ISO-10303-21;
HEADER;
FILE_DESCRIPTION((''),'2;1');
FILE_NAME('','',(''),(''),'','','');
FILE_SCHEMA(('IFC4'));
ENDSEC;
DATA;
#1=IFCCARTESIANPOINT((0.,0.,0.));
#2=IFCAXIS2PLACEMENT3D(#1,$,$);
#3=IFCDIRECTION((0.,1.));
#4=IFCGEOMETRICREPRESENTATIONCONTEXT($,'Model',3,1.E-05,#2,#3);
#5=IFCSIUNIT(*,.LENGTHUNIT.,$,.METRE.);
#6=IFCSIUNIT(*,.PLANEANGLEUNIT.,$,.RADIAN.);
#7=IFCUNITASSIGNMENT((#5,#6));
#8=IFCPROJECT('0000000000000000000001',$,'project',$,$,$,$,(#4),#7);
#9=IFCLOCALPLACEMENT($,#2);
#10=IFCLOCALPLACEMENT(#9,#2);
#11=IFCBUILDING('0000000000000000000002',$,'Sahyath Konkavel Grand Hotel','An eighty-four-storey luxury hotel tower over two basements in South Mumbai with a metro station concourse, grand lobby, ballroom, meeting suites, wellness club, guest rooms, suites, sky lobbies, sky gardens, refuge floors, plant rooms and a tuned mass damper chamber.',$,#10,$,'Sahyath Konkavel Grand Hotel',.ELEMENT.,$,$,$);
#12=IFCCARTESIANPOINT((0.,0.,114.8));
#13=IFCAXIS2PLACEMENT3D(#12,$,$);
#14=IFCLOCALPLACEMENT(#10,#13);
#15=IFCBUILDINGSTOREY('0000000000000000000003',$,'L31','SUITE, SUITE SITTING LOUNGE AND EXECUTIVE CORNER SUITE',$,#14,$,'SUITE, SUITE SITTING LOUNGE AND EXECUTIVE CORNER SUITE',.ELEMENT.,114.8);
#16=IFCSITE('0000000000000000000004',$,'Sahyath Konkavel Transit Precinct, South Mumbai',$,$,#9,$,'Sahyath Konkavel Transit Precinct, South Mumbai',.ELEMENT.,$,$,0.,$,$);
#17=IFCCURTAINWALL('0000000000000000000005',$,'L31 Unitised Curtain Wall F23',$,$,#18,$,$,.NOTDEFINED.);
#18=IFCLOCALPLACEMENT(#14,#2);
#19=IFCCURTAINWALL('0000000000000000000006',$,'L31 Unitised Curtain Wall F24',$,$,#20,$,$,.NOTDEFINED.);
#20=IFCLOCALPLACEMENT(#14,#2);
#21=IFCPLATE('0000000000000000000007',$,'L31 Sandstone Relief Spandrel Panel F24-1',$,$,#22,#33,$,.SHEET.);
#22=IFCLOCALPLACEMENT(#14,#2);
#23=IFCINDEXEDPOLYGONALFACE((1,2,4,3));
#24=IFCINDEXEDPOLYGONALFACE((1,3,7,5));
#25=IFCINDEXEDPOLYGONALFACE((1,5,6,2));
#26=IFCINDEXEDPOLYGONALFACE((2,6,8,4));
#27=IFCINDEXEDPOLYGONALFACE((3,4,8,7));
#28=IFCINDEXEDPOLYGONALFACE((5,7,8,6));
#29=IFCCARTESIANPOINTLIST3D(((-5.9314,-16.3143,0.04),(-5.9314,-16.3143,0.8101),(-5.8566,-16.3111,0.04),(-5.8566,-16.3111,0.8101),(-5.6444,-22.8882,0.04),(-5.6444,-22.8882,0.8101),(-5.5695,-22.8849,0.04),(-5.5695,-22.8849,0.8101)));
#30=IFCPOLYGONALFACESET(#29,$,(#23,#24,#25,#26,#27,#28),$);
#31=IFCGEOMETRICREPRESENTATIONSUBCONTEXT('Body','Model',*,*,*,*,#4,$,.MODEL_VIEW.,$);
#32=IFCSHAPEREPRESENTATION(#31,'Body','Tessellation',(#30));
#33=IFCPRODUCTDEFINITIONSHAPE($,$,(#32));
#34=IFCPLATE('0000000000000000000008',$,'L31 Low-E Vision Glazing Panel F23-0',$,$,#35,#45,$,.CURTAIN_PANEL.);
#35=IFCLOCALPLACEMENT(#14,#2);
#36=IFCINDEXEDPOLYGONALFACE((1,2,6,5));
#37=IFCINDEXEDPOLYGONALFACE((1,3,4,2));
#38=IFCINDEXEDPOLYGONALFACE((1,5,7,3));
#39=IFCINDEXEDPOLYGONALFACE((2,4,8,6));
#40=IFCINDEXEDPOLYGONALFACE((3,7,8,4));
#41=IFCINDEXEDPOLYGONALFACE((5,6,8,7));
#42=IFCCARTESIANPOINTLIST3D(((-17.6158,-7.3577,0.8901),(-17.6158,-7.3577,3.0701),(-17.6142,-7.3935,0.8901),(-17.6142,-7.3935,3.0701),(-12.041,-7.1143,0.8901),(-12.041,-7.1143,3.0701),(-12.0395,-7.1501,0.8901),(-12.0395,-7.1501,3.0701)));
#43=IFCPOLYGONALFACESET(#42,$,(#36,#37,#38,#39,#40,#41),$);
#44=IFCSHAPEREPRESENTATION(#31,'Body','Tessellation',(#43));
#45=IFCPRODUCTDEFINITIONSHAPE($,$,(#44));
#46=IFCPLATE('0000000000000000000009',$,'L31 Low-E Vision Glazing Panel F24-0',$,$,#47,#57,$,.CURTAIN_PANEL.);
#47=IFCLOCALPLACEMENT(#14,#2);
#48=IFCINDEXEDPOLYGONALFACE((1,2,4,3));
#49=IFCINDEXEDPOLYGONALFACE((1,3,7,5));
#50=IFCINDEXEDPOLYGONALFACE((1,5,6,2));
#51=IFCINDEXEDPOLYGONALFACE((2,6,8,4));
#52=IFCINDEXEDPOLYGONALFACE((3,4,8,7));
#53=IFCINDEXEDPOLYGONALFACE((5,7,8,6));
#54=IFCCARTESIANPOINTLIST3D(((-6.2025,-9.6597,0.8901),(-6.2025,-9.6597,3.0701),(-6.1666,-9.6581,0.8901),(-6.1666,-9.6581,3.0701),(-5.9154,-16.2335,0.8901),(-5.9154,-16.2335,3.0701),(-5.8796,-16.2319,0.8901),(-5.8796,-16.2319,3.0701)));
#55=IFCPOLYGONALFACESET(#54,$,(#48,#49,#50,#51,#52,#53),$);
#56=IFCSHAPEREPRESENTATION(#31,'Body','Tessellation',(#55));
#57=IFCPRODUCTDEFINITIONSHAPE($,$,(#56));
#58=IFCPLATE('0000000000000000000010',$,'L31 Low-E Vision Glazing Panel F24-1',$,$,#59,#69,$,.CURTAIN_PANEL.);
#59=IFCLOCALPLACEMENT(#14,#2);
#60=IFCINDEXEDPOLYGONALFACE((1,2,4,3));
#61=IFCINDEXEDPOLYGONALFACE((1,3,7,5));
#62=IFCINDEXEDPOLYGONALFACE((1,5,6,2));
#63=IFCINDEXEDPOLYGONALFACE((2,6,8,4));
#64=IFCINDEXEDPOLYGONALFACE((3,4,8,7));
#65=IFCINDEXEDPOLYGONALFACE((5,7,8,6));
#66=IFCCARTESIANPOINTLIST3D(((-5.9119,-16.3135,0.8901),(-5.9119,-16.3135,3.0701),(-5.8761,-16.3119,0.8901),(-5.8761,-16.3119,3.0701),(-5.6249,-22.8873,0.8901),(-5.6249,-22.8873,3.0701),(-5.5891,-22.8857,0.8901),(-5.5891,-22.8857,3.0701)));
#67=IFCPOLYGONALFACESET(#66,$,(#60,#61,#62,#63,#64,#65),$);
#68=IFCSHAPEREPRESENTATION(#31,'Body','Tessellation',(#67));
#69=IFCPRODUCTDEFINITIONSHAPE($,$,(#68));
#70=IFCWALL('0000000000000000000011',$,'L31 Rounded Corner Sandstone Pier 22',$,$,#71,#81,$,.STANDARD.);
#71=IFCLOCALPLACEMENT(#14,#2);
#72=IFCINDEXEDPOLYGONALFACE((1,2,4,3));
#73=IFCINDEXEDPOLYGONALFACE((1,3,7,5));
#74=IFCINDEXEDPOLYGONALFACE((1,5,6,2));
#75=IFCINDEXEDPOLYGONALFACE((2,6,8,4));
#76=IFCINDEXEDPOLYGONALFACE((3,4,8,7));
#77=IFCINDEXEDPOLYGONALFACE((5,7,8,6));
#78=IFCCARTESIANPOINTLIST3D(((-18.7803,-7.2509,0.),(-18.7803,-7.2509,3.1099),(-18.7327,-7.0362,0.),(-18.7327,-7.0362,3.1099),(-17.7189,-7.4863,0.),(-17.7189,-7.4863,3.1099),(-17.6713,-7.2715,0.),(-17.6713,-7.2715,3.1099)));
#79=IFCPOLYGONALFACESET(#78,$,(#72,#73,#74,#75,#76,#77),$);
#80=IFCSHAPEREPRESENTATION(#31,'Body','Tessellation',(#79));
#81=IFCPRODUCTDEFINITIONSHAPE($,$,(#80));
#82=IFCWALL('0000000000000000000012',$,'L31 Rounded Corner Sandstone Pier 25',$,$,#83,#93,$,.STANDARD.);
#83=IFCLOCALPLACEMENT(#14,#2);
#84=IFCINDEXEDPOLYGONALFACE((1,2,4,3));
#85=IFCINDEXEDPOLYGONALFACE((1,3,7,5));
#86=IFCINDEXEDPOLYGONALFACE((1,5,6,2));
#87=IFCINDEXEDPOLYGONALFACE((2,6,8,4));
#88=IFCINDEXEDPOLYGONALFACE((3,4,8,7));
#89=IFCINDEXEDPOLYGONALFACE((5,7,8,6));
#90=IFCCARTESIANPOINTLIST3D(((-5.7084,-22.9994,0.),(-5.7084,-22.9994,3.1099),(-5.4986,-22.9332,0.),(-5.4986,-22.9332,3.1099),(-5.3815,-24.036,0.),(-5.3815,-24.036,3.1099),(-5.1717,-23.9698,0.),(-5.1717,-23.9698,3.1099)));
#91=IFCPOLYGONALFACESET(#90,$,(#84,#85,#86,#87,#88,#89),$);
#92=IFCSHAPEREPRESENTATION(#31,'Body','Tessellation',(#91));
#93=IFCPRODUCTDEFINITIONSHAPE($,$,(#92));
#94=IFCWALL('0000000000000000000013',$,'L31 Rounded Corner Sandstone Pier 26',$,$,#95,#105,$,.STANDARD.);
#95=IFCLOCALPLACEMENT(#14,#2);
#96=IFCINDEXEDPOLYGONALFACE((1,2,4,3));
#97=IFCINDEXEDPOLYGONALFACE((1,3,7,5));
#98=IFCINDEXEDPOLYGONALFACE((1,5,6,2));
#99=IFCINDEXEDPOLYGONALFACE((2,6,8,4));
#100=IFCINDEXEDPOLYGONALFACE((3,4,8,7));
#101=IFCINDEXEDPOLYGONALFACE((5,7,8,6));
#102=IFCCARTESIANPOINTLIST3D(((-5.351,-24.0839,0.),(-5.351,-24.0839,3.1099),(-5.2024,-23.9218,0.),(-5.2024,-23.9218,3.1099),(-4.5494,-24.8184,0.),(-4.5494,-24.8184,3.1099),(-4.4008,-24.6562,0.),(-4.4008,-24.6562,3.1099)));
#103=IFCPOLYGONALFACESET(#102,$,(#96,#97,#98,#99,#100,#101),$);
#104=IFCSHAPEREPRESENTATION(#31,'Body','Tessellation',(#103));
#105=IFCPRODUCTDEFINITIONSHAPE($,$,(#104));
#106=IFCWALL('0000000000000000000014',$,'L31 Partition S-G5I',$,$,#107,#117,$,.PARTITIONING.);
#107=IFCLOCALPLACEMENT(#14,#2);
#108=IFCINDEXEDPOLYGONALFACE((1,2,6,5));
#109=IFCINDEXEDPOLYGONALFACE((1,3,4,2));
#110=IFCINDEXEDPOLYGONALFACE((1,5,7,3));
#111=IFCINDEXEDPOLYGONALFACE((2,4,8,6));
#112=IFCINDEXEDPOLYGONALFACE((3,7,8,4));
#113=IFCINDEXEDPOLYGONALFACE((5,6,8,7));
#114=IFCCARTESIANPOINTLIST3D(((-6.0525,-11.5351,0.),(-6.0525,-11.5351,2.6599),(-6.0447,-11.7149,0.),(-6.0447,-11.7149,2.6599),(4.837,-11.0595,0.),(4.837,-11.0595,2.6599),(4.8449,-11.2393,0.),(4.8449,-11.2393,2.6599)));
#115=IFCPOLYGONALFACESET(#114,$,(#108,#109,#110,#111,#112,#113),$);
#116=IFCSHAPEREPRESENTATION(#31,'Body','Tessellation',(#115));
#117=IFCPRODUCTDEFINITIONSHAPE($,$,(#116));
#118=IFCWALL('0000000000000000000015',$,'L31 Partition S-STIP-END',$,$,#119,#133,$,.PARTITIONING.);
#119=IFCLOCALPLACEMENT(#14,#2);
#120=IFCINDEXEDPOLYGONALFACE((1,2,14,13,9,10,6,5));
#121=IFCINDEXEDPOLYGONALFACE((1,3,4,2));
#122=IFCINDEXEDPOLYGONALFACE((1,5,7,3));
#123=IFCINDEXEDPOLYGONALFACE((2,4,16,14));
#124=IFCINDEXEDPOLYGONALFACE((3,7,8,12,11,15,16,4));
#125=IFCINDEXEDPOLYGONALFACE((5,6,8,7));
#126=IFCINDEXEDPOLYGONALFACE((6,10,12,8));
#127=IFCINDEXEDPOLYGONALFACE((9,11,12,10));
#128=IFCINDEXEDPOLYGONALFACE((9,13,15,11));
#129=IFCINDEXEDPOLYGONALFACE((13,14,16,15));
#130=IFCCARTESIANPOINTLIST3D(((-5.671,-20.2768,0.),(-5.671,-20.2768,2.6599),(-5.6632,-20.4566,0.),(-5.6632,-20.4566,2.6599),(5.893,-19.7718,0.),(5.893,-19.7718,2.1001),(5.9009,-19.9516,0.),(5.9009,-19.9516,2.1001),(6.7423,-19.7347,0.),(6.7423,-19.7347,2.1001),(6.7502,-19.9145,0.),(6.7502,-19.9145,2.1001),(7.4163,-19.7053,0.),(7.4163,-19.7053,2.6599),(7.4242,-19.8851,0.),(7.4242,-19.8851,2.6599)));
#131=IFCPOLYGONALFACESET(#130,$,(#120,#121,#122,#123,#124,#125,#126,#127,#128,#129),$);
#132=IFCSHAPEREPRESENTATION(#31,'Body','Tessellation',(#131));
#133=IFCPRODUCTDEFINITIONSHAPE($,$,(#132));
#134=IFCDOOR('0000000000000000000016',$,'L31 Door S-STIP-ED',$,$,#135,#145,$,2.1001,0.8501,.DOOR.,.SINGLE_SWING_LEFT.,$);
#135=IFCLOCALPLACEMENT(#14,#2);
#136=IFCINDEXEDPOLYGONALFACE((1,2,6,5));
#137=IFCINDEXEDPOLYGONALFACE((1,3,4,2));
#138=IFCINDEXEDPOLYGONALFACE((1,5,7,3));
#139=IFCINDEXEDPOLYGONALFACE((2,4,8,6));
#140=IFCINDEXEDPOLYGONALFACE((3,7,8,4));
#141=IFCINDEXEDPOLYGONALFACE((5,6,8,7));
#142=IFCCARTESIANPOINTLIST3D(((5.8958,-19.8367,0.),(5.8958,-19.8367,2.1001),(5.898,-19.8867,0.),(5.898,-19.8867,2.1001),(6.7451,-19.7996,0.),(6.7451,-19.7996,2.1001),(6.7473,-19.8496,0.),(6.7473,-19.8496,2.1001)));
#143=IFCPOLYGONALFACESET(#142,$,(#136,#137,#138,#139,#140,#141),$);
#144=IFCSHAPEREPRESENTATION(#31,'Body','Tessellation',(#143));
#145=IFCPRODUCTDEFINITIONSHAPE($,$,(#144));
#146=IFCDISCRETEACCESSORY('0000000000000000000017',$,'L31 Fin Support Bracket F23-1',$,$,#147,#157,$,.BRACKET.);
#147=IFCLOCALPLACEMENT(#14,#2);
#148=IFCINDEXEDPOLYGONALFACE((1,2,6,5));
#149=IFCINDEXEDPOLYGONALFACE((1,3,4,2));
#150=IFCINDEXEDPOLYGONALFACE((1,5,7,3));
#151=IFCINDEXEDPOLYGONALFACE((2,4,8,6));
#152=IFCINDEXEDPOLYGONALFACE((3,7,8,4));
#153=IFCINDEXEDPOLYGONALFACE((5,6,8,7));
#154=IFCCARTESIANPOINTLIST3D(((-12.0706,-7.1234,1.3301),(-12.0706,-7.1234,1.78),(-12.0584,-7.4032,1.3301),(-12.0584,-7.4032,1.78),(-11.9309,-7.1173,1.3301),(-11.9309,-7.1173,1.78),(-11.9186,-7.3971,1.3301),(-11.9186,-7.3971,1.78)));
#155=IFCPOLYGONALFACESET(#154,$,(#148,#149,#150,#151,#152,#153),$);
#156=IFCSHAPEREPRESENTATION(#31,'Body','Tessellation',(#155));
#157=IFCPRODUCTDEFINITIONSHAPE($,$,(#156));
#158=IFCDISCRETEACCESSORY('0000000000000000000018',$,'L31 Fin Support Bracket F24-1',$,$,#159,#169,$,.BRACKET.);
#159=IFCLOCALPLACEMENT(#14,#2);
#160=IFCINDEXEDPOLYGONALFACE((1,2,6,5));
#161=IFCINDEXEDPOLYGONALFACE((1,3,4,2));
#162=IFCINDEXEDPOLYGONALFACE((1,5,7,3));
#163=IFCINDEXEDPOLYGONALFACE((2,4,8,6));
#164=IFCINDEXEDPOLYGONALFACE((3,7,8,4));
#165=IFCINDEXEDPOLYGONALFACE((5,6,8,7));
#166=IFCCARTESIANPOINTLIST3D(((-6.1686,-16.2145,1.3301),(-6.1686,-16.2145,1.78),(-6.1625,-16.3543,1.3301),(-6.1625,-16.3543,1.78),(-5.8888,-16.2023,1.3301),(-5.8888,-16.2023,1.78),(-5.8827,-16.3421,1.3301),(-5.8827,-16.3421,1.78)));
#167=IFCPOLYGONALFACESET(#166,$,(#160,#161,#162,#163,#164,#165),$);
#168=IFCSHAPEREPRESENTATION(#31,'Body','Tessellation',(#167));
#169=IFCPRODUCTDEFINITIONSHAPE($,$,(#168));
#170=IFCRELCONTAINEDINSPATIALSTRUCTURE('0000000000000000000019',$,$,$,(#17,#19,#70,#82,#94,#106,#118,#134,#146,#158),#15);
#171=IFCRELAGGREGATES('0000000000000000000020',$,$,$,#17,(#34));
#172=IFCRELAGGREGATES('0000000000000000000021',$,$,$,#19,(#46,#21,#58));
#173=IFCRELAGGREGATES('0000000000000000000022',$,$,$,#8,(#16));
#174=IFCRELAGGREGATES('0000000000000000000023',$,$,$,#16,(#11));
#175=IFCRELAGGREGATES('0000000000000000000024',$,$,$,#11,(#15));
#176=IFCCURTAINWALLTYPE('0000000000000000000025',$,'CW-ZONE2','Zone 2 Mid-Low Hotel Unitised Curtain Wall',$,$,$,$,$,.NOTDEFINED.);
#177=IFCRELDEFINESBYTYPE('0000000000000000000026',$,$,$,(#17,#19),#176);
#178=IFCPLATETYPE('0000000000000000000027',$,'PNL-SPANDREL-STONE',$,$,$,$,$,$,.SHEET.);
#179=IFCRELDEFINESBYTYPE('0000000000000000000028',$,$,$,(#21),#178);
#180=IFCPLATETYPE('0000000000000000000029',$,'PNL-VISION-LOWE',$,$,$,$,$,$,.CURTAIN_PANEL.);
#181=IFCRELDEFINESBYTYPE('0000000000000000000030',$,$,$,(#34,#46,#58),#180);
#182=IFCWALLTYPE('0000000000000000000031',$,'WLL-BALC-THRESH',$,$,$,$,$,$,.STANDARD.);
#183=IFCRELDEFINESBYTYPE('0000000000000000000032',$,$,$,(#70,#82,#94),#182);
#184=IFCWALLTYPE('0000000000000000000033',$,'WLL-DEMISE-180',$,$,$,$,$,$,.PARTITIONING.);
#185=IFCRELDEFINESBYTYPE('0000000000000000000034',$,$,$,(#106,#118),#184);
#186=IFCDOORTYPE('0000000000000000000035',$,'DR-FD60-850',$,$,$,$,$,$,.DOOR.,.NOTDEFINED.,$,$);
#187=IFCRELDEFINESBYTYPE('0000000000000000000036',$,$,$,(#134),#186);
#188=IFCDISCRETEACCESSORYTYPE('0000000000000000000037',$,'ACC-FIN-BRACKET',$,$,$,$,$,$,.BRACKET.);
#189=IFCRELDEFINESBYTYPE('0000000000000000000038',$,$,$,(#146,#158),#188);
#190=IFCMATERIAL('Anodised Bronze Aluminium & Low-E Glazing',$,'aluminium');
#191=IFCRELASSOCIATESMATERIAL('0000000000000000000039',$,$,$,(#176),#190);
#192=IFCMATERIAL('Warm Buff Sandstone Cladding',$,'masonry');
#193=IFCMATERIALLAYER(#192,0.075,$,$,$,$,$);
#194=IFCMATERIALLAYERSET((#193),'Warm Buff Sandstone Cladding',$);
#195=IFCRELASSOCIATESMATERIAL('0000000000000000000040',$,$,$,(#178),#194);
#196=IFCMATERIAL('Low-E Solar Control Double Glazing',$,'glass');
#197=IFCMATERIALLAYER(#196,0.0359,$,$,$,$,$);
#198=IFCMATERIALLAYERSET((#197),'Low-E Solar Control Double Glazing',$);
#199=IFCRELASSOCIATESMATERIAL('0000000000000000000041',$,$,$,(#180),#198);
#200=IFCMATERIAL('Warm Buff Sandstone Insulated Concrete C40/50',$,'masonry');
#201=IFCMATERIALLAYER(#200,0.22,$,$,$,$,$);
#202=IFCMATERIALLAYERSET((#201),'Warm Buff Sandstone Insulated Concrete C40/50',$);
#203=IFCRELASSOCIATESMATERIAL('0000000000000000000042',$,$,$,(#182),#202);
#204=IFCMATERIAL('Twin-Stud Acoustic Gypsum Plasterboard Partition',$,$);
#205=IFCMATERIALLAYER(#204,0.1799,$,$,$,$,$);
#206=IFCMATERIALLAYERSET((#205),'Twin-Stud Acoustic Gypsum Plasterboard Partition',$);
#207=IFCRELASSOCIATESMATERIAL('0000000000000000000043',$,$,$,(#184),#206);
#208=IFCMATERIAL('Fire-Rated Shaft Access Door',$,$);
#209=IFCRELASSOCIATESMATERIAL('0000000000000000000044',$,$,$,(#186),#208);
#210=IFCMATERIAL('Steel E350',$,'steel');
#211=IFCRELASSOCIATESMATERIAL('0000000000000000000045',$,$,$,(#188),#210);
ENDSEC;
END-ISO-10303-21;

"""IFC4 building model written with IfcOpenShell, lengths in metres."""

from ifc_helpers import new_model, si_unit, direction, frame, frame_2d, origin, origin_2d, place, context, subcontext, project, spatial, rectangle, extrude, source, transform, mapped, material, layer, layer_set, type_object, element, fill, aggregate, save


model = new_model("IFC4")

# Units and contexts
model_context = context("Model", 3, precision=1e-05, world=origin(), true_north=direction((0.0, 1.0)))
body_context = subcontext(model_context, "Body", "Model", "MODEL_VIEW")
ifc_project = project(units=[si_unit("LENGTHUNIT", "METRE"), si_unit("PLANEANGLEUNIT", "RADIAN")], contexts=[model_context])

# Site, building, storey
site_placement = place(None, origin())
site = spatial("IfcSite", under=ifc_project, at=site_placement, Name="Sahyath Konkavel Transit Precinct, South Mumbai", LongName="Sahyath Konkavel Transit Precinct, South Mumbai", CompositionType="ELEMENT", RefElevation=0.0)
building_placement = place(site_placement, origin())
building = spatial("IfcBuilding", under=site, at=building_placement, Name="Sahyath Konkavel Grand Hotel", Description="An eighty-four-storey luxury hotel tower over two basements in South Mumbai with a metro station concourse, grand lobby, ballroom, meeting suites, wellness club, guest rooms, suites, sky lobbies, sky gardens, refuge floors, plant rooms and a tuned mass damper chamber.", LongName="Sahyath Konkavel Grand Hotel", CompositionType="ELEMENT")
storey_placement = place(building_placement, frame((0.0, 0.0, 114.8)))
storey = spatial("IfcBuildingStorey", under=building, at=storey_placement, Name="L31", Description="SUITE, SUITE SITTING LOUNGE AND EXECUTIVE CORNER SUITE", LongName="SUITE, SUITE SITTING LOUNGE AND EXECUTIVE CORNER SUITE", CompositionType="ELEMENT", Elevation=114.8)

# Curtain wall
ifc_material_1 = material(Name="Anodised Bronze Aluminium & Low-E Glazing", Category="aluminium")
curtain_wall_type = type_object("IfcCurtainWallType", Name="CW-ZONE2", Description="Zone 2 Mid-Low Hotel Unitised Curtain Wall", PredefinedType="NOTDEFINED", material=ifc_material_1)
curtain_wall_1_placement = place(storey_placement, origin())
curtain_wall_1 = element("IfcCurtainWall", 1, at=curtain_wall_1_placement, inside=storey, type_object=curtain_wall_type, Name="L31 Unitised Curtain Wall F23", PredefinedType="NOTDEFINED")

# Curtain wall
curtain_wall_2_placement = place(storey_placement, origin())
curtain_wall_2 = element("IfcCurtainWall", 2, at=curtain_wall_2_placement, inside=storey, type_object=curtain_wall_type, Name="L31 Unitised Curtain Wall F24", PredefinedType="NOTDEFINED")

# Plates
ifc_material_2 = material(Name="Warm Buff Sandstone Cladding", Category="masonry")
ifc_layer_1 = layer(ifc_material_2, 0.075)
ifc_layer_set_1 = layer_set([ifc_layer_1], Name="Warm Buff Sandstone Cladding")
plate_type_1 = type_object("IfcPlateType", Name="PNL-SPANDREL-STONE", PredefinedType="SHEET", material=ifc_layer_set_1)
shared_shape_1 = source(origin(), body_context, "Body", "SweptSolid", [
    extrude(rectangle(XDim=6.5801, YDim=0.075, at=origin_2d()), origin(), (0.0, 0.0, 1.0), 0.77),
])
plate_1_placement = place(storey_placement, frame((-5.7505, -19.5996, 0.04), z_axis=(0.0, 0.0, 1.0), x_axis=(0.043619, -0.999048, 0.0)))
plate_1 = element("IfcPlate", 3, at=plate_1_placement, type_object=plate_type_1, Name="L31 Sandstone Relief Spandrel Panel F24-1", PredefinedType="SHEET", context=body_context, shape_type="MappedRepresentation", body=[
    mapped(shared_shape_1, transform((0.0, 0.0, 0.0), scale=1.0)),
])
ifc_material_3 = material(Name="Low-E Solar Control Double Glazing", Category="glass")
ifc_layer_2 = layer(ifc_material_3, 0.0359)
ifc_layer_set_2 = layer_set([ifc_layer_2], Name="Low-E Solar Control Double Glazing")
plate_type_2 = type_object("IfcPlateType", Name="PNL-VISION-LOWE", PredefinedType="CURTAIN_PANEL", material=ifc_layer_set_2)
shared_shape_2 = source(origin(), body_context, "Body", "SweptSolid", [
    extrude(rectangle(XDim=5.5801, YDim=0.0359, at=origin_2d()), origin(), (0.0, 0.0, 1.0), 2.1799),
])
plate_2_placement = place(storey_placement, frame((-14.8276, -7.2539, 0.8901), z_axis=(0.0, 0.0, 1.0), x_axis=(0.999048, 0.043619, 0.0)))
plate_2 = element("IfcPlate", 4, at=plate_2_placement, type_object=plate_type_2, Name="L31 Low-E Vision Glazing Panel F23-0", PredefinedType="CURTAIN_PANEL", context=body_context, shape_type="MappedRepresentation", body=[
    mapped(shared_shape_2, transform((0.0, 0.0, 0.0), scale=1.0)),
])
aggregate(curtain_wall_1, [plate_2])
shared_shape_3 = source(origin(), body_context, "Body", "SweptSolid", [
    extrude(rectangle(XDim=6.5801, YDim=0.0359, at=origin_2d()), origin(), (0.0, 0.0, 1.0), 2.1799),
])
plate_3_placement = place(storey_placement, frame((-6.041, -12.9458, 0.8901), z_axis=(0.0, 0.0, 1.0), x_axis=(0.043619, -0.999048, 0.0)))
plate_3 = element("IfcPlate", 5, at=plate_3_placement, type_object=plate_type_2, Name="L31 Low-E Vision Glazing Panel F24-0", PredefinedType="CURTAIN_PANEL", context=body_context, shape_type="MappedRepresentation", body=[
    mapped(shared_shape_3, transform((0.0, 0.0, 0.0), scale=1.0)),
])
plate_4_placement = place(storey_placement, frame((-5.7505, -19.5996, 0.8901), z_axis=(0.0, 0.0, 1.0), x_axis=(0.043619, -0.999048, 0.0)))
plate_4 = element("IfcPlate", 6, at=plate_4_placement, type_object=plate_type_2, Name="L31 Low-E Vision Glazing Panel F24-1", PredefinedType="CURTAIN_PANEL", context=body_context, shape_type="MappedRepresentation", body=[
    mapped(shared_shape_3, transform((0.0, 0.0, 0.0), scale=1.0)),
])
aggregate(curtain_wall_2, [plate_3, plate_1, plate_4])

# Walls
ifc_material_4 = material(Name="Warm Buff Sandstone Insulated Concrete C40/50", Category="masonry")
ifc_layer_3 = layer(ifc_material_4, 0.22)
ifc_layer_set_3 = layer_set([ifc_layer_3], Name="Warm Buff Sandstone Insulated Concrete C40/50")
wall_type_1 = type_object("IfcWallType", Name="WLL-BALC-THRESH", PredefinedType="STANDARD", material=ifc_layer_set_3)
wall_1_placement = place(storey_placement, frame((-18.7563, -7.1436, 0.0), z_axis=(0.0, 0.0, 1.0), x_axis=(0.976282, -0.216502, 0.0)))
element("IfcWall", 7, at=wall_1_placement, inside=storey, type_object=wall_type_1, Name="L31 Rounded Corner Sandstone Pier 22", PredefinedType="STANDARD", context=body_context, shape_type="SweptSolid", body=[
    extrude(rectangle(XDim=1.0872, YDim=0.22, at=frame_2d((0.5435, 0.0))), origin(), (0.0, 0.0, 1.0), 3.1099),
])
wall_2_placement = place(storey_placement, frame((-5.6035, -22.9663, 0.0), z_axis=(0.0, 0.0, 1.0), x_axis=(0.300755, -0.953701, 0.0)))
element("IfcWall", 8, at=wall_2_placement, inside=storey, type_object=wall_type_1, Name="L31 Rounded Corner Sandstone Pier 25", PredefinedType="STANDARD", context=body_context, shape_type="SweptSolid", body=[
    extrude(rectangle(XDim=1.0869, YDim=0.22, at=frame_2d((0.5435, 0.0))), origin(), (0.0, 0.0, 1.0), 3.1099),
])
wall_3_placement = place(storey_placement, frame((-5.2766, -24.0029, 0.0), z_axis=(0.0, 0.0, 1.0), x_axis=(0.737313, -0.675552, 0.0)))
element("IfcWall", 9, at=wall_3_placement, inside=storey, type_object=wall_type_1, Name="L31 Rounded Corner Sandstone Pier 26", PredefinedType="STANDARD", context=body_context, shape_type="SweptSolid", body=[
    extrude(rectangle(XDim=1.0872, YDim=0.22, at=frame_2d((0.5435, 0.0))), origin(), (0.0, 0.0, 1.0), 3.1099),
])
ifc_material_5 = material(Name="Twin-Stud Acoustic Gypsum Plasterboard Partition")
ifc_layer_4 = layer(ifc_material_5, 0.1799)
ifc_layer_set_4 = layer_set([ifc_layer_4], Name="Twin-Stud Acoustic Gypsum Plasterboard Partition")
wall_type_2 = type_object("IfcWallType", Name="WLL-DEMISE-180", PredefinedType="PARTITIONING", material=ifc_layer_set_4)
wall_4_placement = place(storey_placement, frame((-6.0486, -11.625, 0.0), z_axis=(0.0, 0.0, 1.0), x_axis=(0.999048, 0.043633, 0.0)))
element("IfcWall", 10, at=wall_4_placement, inside=storey, type_object=wall_type_2, Name="L31 Partition S-G5I", PredefinedType="PARTITIONING", context=body_context, shape_type="SweptSolid", body=[
    extrude(rectangle(XDim=10.8999, YDim=0.1799, at=frame_2d((5.45, 0.0))), origin(), (0.0, 0.0, 1.0), 2.6599),
])

# Wall, opening, door
wall_5_placement = place(storey_placement, frame((-5.667, -20.3667, 0.0), z_axis=(0.0, 0.0, 1.0), x_axis=(0.999048, 0.043629, 0.0)))
wall_5 = element("IfcWall", 11, at=wall_5_placement, inside=storey, type_object=wall_type_2, Name="L31 Partition S-STIP-END", PredefinedType="PARTITIONING", context=body_context, shape_type="SweptSolid", body=[
    extrude(rectangle(XDim=13.0999, YDim=0.1799, at=frame_2d((6.5498, 0.0))), origin(), (0.0, 0.0, 1.0), 2.6599),
])
opening_placement = place(wall_5_placement, frame((11.575, 0.0, 0.0)))
opening = element("IfcOpeningElement", 12, at=opening_placement, cuts=wall_5, PredefinedType="OPENING", context=body_context, shape_type="SweptSolid", body=[
    extrude(rectangle(XDim=0.8501, YDim=2.1001, at=frame_2d((0.425, 1.05))), frame((0.0, 0.1001, 0.0), z_axis=(0.0, -1.0, 0.0), x_axis=(1.0, 0.0, 0.0)), (0.0, 0.0, 1.0), 0.2),
])
ifc_material_6 = material(Name="Fire-Rated Shaft Access Door")
door_type = type_object("IfcDoorType", Name="DR-FD60-850", OperationType="NOTDEFINED", PredefinedType="DOOR", material=ifc_material_6)
shared_shape_4 = source(origin(), body_context, "Body", "SweptSolid", [
    extrude(rectangle(XDim=0.8501, YDim=0.05, at=origin_2d()), origin(), (0.0, 0.0, 1.0), 2.1001),
])
door_placement = place(opening_placement, frame((0.425, 0.0, 0.0)))
door = element("IfcDoor", 13, at=door_placement, inside=storey, type_object=door_type, Name="L31 Door S-STIP-ED", OperationType="SINGLE_SWING_LEFT", OverallHeight=2.1001, OverallWidth=0.8501, PredefinedType="DOOR", context=body_context, shape_type="MappedRepresentation", body=[
    mapped(shared_shape_4, transform((0.0, 0.0, 0.0), scale=1.0)),
])
fill(opening, door)

# Discrete accessories
ifc_material_7 = material(Name="Steel E350", Category="steel")
discrete_accessory_type = type_object("IfcDiscreteAccessoryType", Name="ACC-FIN-BRACKET", PredefinedType="BRACKET", material=ifc_material_7)
shared_shape_5 = source(origin(), body_context, "Body", "SweptSolid", [
    extrude(rectangle(XDim=0.28, YDim=0.1399, at=origin_2d()), origin(), (0.0, 0.0, 1.0), 0.45),
])
for number, where, z_axis, x_axis, name in (
    (14, (-11.9946, -7.2603, 1.3301), (0.0, 0.0, 1.0), (0.043619, -0.999048, 0.0), "L31 Fin Support Bracket F23-1"),
    (15, (-6.0256, -16.2783, 1.3301), (0.0, 0.0, 1.0), (-0.999048, -0.043619, 0.0), "L31 Fin Support Bracket F24-1"),
):
    element("IfcDiscreteAccessory", number, at=place(storey_placement, frame(where, z_axis=z_axis, x_axis=x_axis)), inside=storey, type_object=discrete_accessory_type, Name=name, PredefinedType="BRACKET", context=body_context, shape_type="MappedRepresentation", body=[
        mapped(shared_shape_5, transform((0.0, 0.0, 0.0), scale=1.0)),
    ])

save(model, "model.ifc")
